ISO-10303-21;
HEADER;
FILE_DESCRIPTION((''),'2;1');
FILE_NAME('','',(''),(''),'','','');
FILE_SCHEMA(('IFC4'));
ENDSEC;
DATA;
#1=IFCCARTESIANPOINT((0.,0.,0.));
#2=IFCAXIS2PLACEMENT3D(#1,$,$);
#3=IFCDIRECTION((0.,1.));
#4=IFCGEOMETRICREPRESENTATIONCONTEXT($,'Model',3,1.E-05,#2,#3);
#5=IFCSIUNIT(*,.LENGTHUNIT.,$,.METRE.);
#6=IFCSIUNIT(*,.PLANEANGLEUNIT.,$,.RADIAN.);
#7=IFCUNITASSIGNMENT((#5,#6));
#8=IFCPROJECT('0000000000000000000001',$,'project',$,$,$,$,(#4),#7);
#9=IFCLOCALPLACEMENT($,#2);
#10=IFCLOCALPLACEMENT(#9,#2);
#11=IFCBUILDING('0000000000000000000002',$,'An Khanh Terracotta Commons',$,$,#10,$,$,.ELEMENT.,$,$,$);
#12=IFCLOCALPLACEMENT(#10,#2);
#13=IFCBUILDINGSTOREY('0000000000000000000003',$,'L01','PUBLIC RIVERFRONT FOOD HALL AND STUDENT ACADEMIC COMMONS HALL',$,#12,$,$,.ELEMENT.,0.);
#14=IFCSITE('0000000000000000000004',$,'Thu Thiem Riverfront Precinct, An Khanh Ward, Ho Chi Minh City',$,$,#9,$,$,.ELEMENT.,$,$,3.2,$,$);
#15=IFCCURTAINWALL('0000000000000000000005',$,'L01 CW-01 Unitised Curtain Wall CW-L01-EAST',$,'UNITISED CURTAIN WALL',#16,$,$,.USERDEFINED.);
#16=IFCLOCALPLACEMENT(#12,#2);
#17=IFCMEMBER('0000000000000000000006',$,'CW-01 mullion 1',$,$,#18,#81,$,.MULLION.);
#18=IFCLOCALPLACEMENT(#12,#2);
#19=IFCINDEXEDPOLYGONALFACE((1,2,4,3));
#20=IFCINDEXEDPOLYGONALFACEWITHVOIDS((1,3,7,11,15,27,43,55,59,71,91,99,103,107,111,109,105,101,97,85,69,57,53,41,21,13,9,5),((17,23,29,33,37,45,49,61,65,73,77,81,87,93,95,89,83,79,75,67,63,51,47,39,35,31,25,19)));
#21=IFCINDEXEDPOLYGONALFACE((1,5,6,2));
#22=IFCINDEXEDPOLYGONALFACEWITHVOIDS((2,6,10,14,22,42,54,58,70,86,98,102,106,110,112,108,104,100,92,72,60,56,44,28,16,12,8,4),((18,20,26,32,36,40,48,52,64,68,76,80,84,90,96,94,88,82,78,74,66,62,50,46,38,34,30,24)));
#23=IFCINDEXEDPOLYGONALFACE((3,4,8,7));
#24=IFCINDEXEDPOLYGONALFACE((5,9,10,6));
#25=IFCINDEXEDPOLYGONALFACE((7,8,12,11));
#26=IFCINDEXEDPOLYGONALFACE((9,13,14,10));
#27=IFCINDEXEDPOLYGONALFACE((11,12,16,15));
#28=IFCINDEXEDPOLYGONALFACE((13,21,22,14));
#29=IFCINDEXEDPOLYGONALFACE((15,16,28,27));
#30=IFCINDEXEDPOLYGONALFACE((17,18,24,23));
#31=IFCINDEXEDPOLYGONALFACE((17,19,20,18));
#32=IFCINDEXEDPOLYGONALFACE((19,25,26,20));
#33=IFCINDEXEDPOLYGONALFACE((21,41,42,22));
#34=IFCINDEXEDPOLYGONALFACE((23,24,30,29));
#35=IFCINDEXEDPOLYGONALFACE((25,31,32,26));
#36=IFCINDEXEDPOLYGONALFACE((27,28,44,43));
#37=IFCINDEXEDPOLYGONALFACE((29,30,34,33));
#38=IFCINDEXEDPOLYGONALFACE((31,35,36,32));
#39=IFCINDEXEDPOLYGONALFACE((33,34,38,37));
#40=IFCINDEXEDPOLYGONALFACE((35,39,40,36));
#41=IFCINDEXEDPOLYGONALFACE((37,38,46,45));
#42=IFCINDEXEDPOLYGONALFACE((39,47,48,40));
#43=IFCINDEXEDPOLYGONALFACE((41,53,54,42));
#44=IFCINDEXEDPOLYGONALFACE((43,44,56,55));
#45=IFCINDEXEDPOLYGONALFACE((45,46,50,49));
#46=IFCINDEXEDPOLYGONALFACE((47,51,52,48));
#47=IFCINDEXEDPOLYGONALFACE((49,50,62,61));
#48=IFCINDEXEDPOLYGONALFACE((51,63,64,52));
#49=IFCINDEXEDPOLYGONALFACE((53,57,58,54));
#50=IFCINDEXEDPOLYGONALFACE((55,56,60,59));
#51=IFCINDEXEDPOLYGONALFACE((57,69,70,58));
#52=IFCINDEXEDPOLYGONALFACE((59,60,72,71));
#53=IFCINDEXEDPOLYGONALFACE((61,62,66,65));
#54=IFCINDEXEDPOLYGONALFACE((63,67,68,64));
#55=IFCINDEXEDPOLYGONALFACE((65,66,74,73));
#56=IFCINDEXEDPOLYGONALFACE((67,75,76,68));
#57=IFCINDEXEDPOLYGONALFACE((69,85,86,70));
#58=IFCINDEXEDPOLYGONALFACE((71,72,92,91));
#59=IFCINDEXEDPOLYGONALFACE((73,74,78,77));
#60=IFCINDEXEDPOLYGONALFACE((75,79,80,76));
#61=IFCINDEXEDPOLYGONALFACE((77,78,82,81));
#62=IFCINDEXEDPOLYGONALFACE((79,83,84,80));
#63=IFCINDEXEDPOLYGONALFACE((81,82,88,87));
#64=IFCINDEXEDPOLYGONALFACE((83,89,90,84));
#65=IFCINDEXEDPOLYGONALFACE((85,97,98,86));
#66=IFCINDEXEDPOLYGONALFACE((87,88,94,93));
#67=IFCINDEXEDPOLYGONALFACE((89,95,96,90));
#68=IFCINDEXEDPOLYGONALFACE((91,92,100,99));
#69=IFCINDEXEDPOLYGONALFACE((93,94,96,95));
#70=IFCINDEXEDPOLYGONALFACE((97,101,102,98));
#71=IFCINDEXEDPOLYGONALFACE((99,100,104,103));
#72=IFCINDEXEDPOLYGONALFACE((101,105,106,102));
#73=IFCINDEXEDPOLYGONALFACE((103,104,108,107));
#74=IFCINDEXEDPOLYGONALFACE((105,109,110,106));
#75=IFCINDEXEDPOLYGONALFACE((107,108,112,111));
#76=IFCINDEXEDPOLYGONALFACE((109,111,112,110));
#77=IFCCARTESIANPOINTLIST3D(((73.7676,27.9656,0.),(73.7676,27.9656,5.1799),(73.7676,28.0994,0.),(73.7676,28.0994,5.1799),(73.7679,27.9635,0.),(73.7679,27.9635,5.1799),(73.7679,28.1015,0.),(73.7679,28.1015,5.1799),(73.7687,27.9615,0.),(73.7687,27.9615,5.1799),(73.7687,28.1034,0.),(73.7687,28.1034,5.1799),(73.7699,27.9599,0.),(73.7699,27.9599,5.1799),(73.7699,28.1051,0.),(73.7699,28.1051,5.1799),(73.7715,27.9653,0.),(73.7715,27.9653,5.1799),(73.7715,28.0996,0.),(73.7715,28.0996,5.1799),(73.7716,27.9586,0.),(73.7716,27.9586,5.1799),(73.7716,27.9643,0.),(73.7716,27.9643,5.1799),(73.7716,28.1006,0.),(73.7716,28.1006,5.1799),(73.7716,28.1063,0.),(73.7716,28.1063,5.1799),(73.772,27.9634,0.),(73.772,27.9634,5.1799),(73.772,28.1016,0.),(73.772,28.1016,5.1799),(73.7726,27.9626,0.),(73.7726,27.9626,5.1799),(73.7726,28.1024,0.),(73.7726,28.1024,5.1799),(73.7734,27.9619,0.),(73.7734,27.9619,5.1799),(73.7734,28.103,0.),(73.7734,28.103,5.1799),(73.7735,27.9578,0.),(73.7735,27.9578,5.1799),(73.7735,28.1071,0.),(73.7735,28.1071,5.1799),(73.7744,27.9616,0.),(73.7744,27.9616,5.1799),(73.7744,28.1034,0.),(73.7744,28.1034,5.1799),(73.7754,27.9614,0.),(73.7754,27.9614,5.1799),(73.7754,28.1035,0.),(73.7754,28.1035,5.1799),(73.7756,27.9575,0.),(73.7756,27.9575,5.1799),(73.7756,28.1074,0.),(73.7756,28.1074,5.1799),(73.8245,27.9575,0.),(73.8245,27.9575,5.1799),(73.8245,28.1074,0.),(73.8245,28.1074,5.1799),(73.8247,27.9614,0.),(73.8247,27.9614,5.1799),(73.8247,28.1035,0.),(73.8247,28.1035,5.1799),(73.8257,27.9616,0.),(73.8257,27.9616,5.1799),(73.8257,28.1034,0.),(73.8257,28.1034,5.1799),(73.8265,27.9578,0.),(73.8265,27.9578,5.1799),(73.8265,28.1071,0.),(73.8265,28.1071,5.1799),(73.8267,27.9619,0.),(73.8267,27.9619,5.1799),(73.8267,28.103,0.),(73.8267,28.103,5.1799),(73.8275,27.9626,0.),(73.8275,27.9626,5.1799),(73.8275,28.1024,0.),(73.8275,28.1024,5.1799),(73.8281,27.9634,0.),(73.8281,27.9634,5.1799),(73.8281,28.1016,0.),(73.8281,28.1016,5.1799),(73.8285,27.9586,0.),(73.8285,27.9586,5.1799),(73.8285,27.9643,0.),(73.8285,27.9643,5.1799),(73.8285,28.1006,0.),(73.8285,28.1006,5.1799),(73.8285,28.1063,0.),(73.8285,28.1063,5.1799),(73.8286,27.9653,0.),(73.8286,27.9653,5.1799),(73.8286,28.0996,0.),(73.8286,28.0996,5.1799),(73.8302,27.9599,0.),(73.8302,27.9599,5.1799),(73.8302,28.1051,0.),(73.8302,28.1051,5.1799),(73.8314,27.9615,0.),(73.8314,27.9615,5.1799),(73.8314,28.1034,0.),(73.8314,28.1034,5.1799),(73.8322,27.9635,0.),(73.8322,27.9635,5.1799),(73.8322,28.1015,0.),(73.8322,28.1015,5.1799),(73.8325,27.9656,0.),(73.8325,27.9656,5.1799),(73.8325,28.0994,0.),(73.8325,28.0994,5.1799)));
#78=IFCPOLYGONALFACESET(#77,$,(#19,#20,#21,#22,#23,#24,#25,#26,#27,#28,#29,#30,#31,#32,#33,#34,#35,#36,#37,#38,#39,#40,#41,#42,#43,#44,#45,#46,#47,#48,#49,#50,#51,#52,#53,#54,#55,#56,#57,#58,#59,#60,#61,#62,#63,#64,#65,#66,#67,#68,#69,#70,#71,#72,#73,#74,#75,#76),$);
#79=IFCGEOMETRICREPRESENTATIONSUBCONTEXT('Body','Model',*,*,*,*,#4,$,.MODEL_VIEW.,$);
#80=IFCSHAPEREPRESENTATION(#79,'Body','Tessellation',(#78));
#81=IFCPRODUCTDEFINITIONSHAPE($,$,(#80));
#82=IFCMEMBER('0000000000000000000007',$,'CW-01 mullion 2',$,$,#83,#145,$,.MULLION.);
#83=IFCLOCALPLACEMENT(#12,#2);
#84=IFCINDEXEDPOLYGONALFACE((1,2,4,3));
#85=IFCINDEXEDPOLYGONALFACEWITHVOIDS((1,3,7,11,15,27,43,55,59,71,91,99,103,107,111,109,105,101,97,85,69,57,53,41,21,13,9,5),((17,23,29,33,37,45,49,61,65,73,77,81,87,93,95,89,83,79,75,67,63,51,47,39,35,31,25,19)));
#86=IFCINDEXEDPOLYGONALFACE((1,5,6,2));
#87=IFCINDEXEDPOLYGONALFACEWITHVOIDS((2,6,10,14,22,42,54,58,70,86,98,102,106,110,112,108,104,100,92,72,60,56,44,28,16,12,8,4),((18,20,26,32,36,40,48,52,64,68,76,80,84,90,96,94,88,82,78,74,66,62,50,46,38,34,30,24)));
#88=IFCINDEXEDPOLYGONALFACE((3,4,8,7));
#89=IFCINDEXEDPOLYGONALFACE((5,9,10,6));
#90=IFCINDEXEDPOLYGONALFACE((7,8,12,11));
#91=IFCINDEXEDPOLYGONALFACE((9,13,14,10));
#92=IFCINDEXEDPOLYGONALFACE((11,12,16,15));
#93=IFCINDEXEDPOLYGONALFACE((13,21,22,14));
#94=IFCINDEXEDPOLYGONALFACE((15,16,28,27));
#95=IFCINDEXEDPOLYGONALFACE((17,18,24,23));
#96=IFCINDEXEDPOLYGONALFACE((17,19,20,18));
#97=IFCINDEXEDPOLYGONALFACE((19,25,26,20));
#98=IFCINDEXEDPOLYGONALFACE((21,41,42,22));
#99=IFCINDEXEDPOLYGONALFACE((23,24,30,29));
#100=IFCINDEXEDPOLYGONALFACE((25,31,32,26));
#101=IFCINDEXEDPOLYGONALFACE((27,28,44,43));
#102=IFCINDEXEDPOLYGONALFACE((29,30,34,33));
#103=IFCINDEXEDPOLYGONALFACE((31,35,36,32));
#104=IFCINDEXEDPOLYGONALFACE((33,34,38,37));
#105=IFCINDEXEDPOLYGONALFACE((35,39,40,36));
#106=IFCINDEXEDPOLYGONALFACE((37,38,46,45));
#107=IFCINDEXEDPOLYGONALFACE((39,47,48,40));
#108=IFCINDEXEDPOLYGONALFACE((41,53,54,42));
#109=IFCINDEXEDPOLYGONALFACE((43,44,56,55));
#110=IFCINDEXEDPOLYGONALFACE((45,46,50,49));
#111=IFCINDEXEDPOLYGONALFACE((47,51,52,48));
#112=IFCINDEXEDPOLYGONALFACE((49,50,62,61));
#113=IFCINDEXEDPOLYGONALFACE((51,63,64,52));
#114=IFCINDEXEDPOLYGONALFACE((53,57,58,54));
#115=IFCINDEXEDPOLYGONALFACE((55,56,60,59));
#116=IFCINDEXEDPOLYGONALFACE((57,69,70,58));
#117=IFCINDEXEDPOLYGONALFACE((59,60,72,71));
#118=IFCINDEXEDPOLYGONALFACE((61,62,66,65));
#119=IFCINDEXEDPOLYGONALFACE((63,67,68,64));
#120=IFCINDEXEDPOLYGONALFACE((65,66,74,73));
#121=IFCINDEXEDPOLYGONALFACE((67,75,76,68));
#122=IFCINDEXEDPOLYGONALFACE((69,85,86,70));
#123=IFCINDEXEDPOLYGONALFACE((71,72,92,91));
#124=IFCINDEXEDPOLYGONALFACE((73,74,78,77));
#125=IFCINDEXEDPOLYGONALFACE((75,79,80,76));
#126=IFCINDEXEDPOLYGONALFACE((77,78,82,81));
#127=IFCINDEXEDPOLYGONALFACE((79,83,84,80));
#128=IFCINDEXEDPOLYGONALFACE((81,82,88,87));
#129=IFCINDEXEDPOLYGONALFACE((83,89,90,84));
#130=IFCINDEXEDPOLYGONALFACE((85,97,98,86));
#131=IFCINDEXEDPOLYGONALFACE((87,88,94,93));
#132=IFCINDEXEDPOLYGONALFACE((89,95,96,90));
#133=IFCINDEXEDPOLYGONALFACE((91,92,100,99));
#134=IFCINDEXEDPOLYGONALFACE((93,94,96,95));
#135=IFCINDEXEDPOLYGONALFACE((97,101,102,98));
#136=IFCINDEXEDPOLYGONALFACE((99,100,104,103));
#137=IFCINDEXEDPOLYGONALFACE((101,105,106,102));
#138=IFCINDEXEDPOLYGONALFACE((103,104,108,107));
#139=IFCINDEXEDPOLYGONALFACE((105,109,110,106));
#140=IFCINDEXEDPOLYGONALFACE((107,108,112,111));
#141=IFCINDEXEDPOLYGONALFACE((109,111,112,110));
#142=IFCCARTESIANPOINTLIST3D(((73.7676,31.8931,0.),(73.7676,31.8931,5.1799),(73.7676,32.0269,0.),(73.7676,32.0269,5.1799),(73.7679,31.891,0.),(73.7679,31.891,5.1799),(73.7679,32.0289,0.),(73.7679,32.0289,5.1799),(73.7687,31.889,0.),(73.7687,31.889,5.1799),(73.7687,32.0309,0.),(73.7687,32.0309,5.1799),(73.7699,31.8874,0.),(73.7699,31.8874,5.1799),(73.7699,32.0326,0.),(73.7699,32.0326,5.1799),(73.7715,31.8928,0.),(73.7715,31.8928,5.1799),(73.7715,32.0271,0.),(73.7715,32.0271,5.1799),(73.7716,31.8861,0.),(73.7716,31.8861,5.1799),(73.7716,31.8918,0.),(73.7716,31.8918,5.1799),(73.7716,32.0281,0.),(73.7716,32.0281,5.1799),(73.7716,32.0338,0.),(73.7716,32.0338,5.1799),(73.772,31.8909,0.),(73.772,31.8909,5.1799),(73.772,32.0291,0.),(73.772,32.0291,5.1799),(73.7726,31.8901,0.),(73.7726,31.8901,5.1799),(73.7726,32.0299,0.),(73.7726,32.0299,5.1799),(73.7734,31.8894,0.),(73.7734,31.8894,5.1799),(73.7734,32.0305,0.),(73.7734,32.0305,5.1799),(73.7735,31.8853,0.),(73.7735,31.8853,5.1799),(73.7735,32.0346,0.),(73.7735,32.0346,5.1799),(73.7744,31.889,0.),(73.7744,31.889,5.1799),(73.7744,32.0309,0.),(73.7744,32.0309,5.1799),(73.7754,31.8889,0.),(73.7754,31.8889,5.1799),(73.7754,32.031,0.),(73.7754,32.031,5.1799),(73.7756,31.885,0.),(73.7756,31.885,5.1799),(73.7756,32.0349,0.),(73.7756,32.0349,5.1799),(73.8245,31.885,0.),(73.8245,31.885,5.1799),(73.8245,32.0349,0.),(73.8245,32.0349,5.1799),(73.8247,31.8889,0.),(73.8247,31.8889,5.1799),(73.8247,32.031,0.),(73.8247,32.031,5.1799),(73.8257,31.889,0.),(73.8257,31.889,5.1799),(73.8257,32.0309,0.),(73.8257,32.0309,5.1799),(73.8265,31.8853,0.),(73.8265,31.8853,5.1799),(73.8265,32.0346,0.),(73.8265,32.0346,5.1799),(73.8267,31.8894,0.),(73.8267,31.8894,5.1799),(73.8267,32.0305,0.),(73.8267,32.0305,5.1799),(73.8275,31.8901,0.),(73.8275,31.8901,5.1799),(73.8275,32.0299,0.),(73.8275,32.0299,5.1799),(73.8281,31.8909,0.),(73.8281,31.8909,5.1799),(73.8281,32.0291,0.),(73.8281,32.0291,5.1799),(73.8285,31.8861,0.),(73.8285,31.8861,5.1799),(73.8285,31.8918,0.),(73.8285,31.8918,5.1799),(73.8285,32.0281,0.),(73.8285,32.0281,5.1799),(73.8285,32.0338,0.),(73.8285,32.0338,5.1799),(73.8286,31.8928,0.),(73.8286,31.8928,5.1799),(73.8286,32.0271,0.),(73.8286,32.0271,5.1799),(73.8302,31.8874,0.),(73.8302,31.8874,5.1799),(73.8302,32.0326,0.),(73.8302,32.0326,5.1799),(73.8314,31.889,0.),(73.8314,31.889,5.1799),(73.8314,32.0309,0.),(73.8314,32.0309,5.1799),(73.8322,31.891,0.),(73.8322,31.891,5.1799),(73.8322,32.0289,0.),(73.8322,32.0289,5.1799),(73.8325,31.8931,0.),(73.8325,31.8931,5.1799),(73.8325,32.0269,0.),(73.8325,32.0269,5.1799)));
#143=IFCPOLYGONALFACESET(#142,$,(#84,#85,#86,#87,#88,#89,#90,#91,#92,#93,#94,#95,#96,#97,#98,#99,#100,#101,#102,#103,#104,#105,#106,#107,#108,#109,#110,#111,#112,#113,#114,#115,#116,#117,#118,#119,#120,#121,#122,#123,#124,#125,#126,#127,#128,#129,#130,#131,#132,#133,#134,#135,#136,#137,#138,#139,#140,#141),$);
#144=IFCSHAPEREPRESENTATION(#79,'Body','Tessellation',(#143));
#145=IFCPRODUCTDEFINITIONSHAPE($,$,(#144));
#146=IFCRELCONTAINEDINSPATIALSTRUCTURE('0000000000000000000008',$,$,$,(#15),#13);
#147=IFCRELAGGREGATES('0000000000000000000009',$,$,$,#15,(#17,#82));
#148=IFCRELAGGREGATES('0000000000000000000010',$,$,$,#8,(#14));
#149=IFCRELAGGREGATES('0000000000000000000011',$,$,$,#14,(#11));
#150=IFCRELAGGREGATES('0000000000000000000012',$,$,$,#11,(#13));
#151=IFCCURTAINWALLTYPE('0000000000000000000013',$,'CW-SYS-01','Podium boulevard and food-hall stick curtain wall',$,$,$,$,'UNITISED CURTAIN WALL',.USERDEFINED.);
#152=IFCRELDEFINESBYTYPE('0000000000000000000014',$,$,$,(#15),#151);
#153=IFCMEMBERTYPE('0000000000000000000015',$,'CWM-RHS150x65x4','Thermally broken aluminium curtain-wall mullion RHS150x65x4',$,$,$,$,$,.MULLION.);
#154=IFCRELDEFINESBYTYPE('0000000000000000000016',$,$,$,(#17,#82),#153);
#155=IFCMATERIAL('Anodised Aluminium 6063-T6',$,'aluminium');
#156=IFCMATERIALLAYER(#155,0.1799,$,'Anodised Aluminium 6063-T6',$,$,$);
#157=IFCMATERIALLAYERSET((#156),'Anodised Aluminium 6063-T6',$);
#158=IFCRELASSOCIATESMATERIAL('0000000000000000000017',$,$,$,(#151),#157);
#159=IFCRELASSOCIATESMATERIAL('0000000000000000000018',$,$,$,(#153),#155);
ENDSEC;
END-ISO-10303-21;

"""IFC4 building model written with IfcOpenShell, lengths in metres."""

from ifc_helpers import new_model, si_unit, direction, frame, origin, origin_2d, place, context, subcontext, project, spatial, hollow_rectangle, extrude, material, layer, layer_set, material_profile, profile_set, type_object, element, aggregate, save


model = new_model("IFC4")

# Units and contexts
model_context = context("Model", 3, precision=1e-05, world=origin(), true_north=direction((0.0, 1.0)))
body_context = subcontext(model_context, "Body", "Model", "MODEL_VIEW")
ifc_project = project(units=[si_unit("LENGTHUNIT", "METRE"), si_unit("PLANEANGLEUNIT", "RADIAN")], contexts=[model_context])

# Site, building, storey
site_placement = place(None, origin())
site = spatial("IfcSite", under=ifc_project, at=site_placement, Name="Thu Thiem Riverfront Precinct, An Khanh Ward, Ho Chi Minh City", CompositionType="ELEMENT", RefElevation=3.2)
building_placement = place(site_placement, origin())
building = spatial("IfcBuilding", under=site, at=building_placement, Name="An Khanh Terracotta Commons", CompositionType="ELEMENT")
storey_placement = place(building_placement, origin())
storey = spatial("IfcBuildingStorey", under=building, at=storey_placement, Name="L01", Description="PUBLIC RIVERFRONT FOOD HALL AND STUDENT ACADEMIC COMMONS HALL", CompositionType="ELEMENT", Elevation=0.0)

# Curtain wall, members
ifc_material_1 = material(Name="Anodised Aluminium 6063-T6", Category="aluminium")
ifc_layer_1 = layer(ifc_material_1, 0.1799, Name="Anodised Aluminium 6063-T6")
ifc_layer_set_1 = layer_set([ifc_layer_1], Name="Anodised Aluminium 6063-T6")
curtain_wall_type = type_object("IfcCurtainWallType", Name="CW-SYS-01", Description="Podium boulevard and food-hall stick curtain wall", ElementType="UNITISED CURTAIN WALL", PredefinedType="USERDEFINED", material=ifc_layer_set_1)
curtain_wall_placement = place(storey_placement, origin())
curtain_wall = element("IfcCurtainWall", 1, at=curtain_wall_placement, inside=storey, type_object=curtain_wall_type, Name="L01 CW-01 Unitised Curtain Wall CW-L01-EAST", ObjectType="UNITISED CURTAIN WALL", PredefinedType="USERDEFINED")
ifc_material_profile_1 = material_profile(ifc_material_1, hollow_rectangle(XDim=0.0649, YDim=0.1499, WallThickness=0.0039, InnerFilletRadius=0.0039, OuterFilletRadius=0.0081, at=origin_2d()), Name="RHS150x65x4")
ifc_profile_set_1 = profile_set([ifc_material_profile_1], Name="Anodised Aluminium 6063-T6")
member_type_1 = type_object("IfcMemberType", Name="CWM-RHS150x65x4", Description="Thermally broken aluminium curtain-wall mullion RHS150x65x4", PredefinedType="MULLION", material=ifc_profile_set_1)
member_1_placement = place(storey_placement, frame((73.8, 28.0325, 0.0), z_axis=(0.0, 0.0, 1.0), x_axis=(-1.0, 0.0, 0.0)))
member_1 = element("IfcMember", 2, at=member_1_placement, type_object=member_type_1, Name="CW-01 mullion 1", PredefinedType="MULLION", context=body_context, shape_type="SweptSolid", body=[
    extrude(hollow_rectangle(XDim=0.0649, YDim=0.1499, WallThickness=0.0039, InnerFilletRadius=0.0039, OuterFilletRadius=0.0081, at=origin_2d()), origin(), (0.0, 0.0, 1.0), 5.1799),
])
member_2_placement = place(storey_placement, frame((73.8, 31.96, 0.0), z_axis=(0.0, 0.0, 1.0), x_axis=(-1.0, 0.0, 0.0)))
member_2 = element("IfcMember", 3, at=member_2_placement, type_object=member_type_1, Name="CW-01 mullion 2", PredefinedType="MULLION", context=body_context, shape_type="SweptSolid", body=[
    extrude(hollow_rectangle(XDim=0.0649, YDim=0.1499, WallThickness=0.0039, InnerFilletRadius=0.0039, OuterFilletRadius=0.0081, at=origin_2d()), origin(), (0.0, 0.0, 1.0), 5.1799),
])
aggregate(curtain_wall, [member_1, member_2])

save(model, "model.ifc")
